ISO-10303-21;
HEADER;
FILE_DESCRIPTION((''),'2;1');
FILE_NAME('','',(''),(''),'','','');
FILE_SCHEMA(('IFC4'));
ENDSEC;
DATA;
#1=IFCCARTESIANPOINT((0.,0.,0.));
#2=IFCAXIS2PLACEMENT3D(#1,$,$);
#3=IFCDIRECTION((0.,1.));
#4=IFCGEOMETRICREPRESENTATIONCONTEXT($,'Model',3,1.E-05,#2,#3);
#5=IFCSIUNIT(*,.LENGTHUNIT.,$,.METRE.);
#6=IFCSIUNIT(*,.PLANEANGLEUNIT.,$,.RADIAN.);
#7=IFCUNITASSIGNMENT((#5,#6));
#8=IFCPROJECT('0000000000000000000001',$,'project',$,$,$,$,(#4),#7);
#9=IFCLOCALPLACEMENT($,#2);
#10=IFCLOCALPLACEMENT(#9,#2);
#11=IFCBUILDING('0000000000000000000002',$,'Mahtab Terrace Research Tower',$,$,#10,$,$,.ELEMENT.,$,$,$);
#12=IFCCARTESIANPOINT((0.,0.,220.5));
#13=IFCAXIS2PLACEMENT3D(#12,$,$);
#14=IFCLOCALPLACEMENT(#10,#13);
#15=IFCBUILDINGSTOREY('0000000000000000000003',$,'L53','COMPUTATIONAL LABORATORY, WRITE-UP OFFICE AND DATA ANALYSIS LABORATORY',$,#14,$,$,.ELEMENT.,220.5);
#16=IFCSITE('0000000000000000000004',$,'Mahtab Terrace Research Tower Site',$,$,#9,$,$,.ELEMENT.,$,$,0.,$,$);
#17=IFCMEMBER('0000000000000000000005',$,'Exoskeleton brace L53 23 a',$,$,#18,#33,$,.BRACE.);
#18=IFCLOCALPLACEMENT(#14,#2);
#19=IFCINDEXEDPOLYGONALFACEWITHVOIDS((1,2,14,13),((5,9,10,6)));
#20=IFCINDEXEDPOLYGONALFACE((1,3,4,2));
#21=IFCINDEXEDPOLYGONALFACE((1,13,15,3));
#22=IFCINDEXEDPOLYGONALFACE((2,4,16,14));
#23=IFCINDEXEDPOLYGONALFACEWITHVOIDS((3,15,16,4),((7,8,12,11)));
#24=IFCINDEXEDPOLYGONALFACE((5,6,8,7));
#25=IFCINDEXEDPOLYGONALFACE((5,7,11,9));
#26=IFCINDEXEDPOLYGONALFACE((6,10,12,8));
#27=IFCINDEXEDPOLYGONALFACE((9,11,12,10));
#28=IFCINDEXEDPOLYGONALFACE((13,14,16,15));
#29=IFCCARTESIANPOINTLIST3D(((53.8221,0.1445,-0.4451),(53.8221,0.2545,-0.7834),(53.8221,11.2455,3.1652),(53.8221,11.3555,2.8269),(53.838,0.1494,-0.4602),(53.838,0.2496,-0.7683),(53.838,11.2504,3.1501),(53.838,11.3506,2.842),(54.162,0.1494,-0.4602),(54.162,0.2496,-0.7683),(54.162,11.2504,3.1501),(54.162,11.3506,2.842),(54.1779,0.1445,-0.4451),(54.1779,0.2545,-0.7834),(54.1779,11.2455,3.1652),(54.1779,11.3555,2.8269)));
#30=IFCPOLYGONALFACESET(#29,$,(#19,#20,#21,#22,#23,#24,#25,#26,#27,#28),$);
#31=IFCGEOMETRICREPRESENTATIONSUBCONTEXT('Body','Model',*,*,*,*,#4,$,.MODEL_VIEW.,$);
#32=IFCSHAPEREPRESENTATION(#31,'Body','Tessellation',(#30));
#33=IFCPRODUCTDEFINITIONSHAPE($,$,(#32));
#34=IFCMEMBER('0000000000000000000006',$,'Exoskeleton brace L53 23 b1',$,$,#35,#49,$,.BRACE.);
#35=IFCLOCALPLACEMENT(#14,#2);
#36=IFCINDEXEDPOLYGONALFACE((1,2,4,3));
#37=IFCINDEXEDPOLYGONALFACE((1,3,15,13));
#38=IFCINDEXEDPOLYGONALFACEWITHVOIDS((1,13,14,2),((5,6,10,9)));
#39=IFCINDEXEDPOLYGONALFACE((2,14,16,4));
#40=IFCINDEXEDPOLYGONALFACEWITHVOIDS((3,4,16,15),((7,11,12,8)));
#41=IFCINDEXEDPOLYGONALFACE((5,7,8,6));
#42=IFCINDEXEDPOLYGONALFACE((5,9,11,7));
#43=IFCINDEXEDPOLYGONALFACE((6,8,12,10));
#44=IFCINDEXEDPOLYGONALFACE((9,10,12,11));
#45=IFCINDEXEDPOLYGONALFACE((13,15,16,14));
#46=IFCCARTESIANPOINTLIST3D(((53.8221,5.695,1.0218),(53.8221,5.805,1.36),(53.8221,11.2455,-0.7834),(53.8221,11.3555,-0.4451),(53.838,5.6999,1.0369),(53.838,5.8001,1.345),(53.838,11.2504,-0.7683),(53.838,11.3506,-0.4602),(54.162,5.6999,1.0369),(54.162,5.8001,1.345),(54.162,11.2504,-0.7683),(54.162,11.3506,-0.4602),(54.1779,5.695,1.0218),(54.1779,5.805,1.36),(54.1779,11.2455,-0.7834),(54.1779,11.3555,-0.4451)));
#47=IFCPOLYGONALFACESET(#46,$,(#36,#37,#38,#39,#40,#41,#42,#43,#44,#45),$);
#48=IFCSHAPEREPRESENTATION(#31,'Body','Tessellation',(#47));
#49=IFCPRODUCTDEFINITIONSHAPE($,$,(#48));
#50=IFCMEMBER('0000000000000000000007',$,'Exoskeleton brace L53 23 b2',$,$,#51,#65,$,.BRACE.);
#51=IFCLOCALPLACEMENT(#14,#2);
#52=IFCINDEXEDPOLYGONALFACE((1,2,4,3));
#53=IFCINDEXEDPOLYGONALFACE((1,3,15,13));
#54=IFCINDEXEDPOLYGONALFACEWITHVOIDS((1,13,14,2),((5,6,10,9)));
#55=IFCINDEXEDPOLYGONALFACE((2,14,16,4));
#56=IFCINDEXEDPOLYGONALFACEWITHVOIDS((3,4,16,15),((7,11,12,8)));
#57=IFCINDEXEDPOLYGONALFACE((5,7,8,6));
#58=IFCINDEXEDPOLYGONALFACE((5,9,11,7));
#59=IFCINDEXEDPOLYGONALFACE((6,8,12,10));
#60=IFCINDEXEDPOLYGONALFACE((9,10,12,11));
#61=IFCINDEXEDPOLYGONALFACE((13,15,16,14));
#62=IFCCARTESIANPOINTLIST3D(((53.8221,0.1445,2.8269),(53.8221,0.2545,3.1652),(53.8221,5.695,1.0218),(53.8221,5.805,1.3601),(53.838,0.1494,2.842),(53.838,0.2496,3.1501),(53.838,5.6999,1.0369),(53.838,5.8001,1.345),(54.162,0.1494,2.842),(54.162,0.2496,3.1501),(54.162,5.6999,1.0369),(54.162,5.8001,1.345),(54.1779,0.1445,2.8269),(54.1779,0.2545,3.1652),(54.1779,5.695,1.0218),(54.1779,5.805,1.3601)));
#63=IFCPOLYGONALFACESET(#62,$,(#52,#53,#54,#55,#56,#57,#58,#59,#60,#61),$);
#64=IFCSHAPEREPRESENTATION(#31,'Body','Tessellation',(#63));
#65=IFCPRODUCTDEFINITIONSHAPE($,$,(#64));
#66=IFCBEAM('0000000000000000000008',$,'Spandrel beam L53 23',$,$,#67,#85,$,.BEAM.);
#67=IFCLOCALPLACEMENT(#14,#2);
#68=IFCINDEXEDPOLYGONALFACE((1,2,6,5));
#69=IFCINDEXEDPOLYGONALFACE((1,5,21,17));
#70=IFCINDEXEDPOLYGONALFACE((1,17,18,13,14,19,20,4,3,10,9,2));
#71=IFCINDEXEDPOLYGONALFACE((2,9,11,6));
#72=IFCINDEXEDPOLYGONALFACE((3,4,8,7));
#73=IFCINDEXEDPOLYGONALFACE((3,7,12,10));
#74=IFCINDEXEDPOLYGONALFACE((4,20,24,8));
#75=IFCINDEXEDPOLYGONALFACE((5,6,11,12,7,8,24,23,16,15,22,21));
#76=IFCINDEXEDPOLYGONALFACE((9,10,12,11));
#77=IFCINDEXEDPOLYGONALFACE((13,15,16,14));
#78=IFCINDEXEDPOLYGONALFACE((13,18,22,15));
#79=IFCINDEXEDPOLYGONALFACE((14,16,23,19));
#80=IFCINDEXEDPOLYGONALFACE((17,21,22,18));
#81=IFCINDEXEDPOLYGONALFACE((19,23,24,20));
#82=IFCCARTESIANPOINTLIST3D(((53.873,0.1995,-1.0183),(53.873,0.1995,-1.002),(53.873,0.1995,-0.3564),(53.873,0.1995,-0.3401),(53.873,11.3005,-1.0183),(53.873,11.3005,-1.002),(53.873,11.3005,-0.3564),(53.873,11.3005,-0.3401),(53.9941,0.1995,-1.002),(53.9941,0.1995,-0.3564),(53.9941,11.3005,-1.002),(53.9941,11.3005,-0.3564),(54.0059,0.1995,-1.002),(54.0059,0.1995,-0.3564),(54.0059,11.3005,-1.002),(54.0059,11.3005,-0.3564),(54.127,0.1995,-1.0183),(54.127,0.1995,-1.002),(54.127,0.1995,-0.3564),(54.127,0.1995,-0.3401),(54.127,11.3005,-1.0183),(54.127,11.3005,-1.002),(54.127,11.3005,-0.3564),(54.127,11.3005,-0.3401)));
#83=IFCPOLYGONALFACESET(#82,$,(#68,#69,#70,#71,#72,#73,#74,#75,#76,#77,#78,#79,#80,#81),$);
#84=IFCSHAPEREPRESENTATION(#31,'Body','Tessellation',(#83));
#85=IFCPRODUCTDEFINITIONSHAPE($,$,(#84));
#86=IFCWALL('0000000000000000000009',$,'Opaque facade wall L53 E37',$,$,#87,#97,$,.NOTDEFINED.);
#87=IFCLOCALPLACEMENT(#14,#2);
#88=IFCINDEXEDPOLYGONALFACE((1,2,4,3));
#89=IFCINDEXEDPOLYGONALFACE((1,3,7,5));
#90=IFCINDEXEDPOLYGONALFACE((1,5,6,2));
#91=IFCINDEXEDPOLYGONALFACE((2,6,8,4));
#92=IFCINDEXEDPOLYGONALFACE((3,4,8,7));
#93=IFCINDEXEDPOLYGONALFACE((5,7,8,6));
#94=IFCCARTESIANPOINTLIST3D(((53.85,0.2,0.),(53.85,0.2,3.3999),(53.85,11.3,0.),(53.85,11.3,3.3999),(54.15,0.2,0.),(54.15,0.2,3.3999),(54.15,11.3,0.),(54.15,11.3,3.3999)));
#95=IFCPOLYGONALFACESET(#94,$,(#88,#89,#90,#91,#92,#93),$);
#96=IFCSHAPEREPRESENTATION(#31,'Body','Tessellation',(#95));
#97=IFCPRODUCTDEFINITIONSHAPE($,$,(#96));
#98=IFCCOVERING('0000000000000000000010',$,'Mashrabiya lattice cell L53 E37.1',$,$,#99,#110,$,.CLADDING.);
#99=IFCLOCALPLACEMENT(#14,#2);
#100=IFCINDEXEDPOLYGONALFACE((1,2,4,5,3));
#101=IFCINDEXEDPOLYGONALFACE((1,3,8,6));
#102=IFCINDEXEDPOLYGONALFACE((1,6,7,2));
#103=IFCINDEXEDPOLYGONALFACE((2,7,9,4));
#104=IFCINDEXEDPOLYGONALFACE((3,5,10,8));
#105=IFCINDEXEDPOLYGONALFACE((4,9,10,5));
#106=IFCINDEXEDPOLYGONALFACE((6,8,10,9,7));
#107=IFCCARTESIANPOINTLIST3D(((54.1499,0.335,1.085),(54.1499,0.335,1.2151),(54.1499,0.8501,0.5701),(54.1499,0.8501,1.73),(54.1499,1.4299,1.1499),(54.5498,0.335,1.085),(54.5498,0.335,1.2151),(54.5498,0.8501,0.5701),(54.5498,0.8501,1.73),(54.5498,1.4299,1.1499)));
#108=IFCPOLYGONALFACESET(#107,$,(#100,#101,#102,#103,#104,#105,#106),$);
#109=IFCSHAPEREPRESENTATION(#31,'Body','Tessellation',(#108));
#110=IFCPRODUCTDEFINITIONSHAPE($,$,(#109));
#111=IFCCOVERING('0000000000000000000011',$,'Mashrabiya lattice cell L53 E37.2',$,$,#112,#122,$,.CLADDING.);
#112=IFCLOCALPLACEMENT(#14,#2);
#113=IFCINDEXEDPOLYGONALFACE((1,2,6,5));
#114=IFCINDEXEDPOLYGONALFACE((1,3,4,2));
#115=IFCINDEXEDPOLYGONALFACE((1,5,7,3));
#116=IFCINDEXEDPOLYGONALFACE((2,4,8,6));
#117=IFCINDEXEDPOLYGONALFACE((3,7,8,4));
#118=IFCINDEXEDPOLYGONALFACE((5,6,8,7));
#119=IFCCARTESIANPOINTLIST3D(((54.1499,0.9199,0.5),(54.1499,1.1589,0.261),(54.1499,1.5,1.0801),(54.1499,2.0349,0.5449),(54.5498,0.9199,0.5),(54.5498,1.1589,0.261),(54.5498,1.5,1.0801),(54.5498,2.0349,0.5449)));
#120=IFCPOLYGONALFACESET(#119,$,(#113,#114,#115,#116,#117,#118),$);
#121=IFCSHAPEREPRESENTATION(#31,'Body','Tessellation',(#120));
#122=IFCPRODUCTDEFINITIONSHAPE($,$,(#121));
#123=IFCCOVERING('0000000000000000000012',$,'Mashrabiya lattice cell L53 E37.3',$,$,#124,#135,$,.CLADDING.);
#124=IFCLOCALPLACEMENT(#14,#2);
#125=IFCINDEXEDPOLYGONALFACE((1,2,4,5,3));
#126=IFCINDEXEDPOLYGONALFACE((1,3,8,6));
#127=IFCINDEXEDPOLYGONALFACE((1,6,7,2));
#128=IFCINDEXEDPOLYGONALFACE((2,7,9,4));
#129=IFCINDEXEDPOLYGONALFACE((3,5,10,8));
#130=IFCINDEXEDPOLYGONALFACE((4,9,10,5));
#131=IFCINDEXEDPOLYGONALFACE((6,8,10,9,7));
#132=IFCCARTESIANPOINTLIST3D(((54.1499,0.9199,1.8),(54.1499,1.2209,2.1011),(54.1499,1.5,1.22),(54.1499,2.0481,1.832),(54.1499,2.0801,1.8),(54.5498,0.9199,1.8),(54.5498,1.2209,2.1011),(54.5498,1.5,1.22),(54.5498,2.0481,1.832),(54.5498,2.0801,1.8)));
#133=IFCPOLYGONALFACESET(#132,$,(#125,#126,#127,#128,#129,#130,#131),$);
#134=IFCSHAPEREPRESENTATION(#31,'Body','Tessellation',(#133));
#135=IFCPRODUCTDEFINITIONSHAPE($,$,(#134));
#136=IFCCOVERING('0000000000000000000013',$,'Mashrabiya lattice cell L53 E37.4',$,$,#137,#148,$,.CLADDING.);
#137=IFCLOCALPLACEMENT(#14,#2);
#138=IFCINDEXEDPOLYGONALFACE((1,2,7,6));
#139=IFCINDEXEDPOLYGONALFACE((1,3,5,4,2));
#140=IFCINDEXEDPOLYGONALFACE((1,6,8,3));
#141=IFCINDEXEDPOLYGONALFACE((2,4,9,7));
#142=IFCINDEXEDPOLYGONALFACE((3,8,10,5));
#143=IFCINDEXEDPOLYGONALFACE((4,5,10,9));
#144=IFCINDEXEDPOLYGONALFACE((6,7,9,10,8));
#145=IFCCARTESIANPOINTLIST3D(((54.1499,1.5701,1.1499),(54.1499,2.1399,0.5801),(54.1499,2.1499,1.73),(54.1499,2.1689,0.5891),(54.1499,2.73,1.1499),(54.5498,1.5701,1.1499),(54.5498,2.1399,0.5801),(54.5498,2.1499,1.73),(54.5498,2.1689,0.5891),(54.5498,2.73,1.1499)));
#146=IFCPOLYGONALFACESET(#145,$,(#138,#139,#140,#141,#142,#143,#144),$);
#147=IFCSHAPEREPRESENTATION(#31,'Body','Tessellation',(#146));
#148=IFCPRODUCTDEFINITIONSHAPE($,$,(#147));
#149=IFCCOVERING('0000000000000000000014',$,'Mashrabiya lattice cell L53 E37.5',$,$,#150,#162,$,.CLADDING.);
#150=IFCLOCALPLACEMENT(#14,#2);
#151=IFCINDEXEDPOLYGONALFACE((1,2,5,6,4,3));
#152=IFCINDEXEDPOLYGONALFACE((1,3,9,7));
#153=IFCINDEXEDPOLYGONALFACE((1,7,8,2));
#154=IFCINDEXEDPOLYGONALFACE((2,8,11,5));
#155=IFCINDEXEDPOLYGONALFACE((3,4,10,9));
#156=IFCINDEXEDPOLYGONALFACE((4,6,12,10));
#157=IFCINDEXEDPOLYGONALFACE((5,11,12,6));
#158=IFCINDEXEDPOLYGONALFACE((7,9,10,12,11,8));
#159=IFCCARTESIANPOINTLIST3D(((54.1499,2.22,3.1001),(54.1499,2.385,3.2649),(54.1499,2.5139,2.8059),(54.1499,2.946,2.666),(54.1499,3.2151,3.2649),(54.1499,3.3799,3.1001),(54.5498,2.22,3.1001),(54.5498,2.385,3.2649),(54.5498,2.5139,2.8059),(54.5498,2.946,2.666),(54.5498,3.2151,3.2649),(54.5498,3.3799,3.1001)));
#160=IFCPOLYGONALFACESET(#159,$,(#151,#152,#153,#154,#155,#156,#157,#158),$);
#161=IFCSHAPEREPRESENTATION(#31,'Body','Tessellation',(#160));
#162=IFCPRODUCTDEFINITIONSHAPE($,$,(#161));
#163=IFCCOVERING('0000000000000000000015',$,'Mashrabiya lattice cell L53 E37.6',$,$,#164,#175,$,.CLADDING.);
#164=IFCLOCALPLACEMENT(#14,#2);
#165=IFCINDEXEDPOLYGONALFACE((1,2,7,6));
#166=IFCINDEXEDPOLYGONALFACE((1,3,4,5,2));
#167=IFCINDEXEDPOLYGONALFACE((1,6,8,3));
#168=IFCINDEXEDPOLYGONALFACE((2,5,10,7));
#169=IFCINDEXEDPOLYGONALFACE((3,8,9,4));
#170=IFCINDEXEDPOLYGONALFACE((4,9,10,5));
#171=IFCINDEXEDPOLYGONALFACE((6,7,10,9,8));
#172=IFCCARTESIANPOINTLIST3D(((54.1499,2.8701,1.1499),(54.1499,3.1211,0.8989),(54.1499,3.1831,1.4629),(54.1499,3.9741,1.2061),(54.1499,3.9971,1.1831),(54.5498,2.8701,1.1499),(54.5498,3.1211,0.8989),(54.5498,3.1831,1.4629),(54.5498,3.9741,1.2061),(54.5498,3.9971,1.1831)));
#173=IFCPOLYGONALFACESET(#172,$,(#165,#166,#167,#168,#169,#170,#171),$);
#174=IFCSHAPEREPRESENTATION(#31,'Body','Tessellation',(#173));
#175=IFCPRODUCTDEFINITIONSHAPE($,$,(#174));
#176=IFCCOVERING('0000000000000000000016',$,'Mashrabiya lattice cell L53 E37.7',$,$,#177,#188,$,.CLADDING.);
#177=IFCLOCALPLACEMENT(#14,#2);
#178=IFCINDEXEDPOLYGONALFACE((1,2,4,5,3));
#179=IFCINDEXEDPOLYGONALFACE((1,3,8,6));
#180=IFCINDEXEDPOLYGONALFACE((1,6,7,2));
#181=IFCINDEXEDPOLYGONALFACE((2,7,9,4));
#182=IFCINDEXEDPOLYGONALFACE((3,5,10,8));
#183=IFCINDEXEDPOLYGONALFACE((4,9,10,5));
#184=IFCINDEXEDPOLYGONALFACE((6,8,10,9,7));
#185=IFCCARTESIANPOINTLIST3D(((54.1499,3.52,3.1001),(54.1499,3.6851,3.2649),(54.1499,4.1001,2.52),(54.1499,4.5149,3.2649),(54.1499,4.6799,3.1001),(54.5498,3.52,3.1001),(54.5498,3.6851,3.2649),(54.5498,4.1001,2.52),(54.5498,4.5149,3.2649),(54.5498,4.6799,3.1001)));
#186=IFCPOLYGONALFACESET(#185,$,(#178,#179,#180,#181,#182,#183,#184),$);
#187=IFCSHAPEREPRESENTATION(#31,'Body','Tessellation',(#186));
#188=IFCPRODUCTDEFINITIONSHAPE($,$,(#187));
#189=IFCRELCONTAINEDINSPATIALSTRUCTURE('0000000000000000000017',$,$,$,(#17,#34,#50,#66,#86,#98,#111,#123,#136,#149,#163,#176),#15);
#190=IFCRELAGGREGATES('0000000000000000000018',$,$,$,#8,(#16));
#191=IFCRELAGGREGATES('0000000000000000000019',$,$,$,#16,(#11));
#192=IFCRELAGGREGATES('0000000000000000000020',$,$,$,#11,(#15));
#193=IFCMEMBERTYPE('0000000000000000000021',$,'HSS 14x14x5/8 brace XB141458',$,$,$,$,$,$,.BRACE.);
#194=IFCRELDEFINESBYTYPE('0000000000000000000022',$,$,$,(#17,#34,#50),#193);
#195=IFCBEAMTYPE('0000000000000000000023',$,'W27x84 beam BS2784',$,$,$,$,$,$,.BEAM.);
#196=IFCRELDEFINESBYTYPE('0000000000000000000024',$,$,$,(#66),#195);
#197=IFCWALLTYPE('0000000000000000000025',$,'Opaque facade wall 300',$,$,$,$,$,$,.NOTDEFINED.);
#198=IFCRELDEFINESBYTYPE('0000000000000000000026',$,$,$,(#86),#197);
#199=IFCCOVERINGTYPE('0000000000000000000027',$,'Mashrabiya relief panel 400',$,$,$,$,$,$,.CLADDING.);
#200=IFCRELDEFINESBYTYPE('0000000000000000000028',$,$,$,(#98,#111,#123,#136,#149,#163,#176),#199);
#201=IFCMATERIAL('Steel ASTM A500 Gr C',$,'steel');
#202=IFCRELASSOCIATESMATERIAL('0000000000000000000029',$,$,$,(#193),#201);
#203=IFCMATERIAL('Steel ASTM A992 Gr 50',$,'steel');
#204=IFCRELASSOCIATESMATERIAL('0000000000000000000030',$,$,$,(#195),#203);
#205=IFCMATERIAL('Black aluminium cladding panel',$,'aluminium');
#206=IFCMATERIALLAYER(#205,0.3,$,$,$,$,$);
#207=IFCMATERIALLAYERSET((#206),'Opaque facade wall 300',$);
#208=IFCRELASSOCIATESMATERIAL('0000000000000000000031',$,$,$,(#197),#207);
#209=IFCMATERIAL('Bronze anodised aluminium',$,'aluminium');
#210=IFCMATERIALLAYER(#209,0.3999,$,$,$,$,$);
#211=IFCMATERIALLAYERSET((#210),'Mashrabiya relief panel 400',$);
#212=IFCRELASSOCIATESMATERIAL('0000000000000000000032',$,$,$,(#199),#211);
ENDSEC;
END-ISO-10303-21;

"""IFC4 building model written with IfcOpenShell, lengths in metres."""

from ifc_helpers import new_model, si_unit, direction, frame, frame_2d, origin, origin_2d, place, context, subcontext, project, spatial, polyline, rectangle, hollow_rectangle, i_section, outline, extrude, material, layer, layer_set, material_profile, profile_set, type_object, element, save


model = new_model("IFC4")

# Units and contexts
model_context = context("Model", 3, precision=1e-05, world=origin(), true_north=direction((0.0, 1.0)))
body_context = subcontext(model_context, "Body", "Model", "MODEL_VIEW")
ifc_project = project(units=[si_unit("LENGTHUNIT", "METRE"), si_unit("PLANEANGLEUNIT", "RADIAN")], contexts=[model_context])

# Site, building, storey
site_placement = place(None, origin())
site = spatial("IfcSite", under=ifc_project, at=site_placement, Name="Mahtab Terrace Research Tower Site", CompositionType="ELEMENT", RefElevation=0.0)
building_placement = place(site_placement, origin())
building = spatial("IfcBuilding", under=site, at=building_placement, Name="Mahtab Terrace Research Tower", CompositionType="ELEMENT")
storey_placement = place(building_placement, frame((0.0, 0.0, 220.5)))
storey = spatial("IfcBuildingStorey", under=building, at=storey_placement, Name="L53", Description="COMPUTATIONAL LABORATORY, WRITE-UP OFFICE AND DATA ANALYSIS LABORATORY", CompositionType="ELEMENT", Elevation=220.5)

# Members
ifc_material_1 = material(Name="Steel ASTM A500 Gr C", Category="steel")
ifc_material_profile_1 = material_profile(ifc_material_1, hollow_rectangle(XDim=0.3557, YDim=0.3557, WallThickness=0.0159, at=origin_2d()), Name="HSS14X14X5/8")
ifc_profile_set_1 = profile_set([ifc_material_profile_1], Name="Steel ASTM A500 Gr C")
member_type = type_object("IfcMemberType", Name="HSS 14x14x5/8 brace XB141458", PredefinedType="BRACE", material=ifc_profile_set_1)
member_placement = place(storey_placement, frame((54.0, 0.1995, -0.6143), z_axis=(0.0, 0.950971, 0.30928), x_axis=(-1.0, 0.0, 0.0)))
element("IfcMember", 1, at=member_placement, inside=storey, type_object=member_type, Name="Exoskeleton brace L53 23 a", PredefinedType="BRACE", context=body_context, shape_type="SweptSolid", body=[
    extrude(hollow_rectangle(XDim=0.3557, YDim=0.3557, WallThickness=0.0159, at=origin_2d()), origin(), (0.0, 0.0, 1.0), 11.6733),
])
for number, where, z_axis, x_axis, name in (
    (2, (54.0, 11.3005, -0.6143), (0.0, -0.950971, 0.30928), (1.0, 0.0, 0.0), "Exoskeleton brace L53 23 b1"),
    (3, (54.0, 5.75, 1.1909), (0.0, -0.950971, 0.30928), (1.0, 0.0, 0.0), "Exoskeleton brace L53 23 b2"),
):
    element("IfcMember", number, at=place(storey_placement, frame(where, z_axis=z_axis, x_axis=x_axis)), inside=storey, type_object=member_type, Name=name, PredefinedType="BRACE", context=body_context, shape_type="SweptSolid", body=[
        extrude(hollow_rectangle(XDim=0.3557, YDim=0.3557, WallThickness=0.0159, at=origin_2d()), origin(), (0.0, 0.0, 1.0), 5.8367),
    ])

# Beam
ifc_material_2 = material(Name="Steel ASTM A992 Gr 50", Category="steel")
ifc_material_profile_2 = material_profile(ifc_material_2, i_section(OverallWidth=0.2539, OverallDepth=0.6782, WebThickness=0.0117, FlangeThickness=0.0164, at=origin_2d()), Name="W27X84")
ifc_profile_set_2 = profile_set([ifc_material_profile_2], Name="Steel ASTM A992 Gr 50")
beam_type = type_object("IfcBeamType", Name="W27x84 beam BS2784", PredefinedType="BEAM", material=ifc_profile_set_2)
beam_placement = place(storey_placement, frame((54.0, 0.1995, -0.6792), z_axis=(0.0, 1.0, 0.0), x_axis=(-1.0, 0.0, 0.0)))
element("IfcBeam", 4, at=beam_placement, inside=storey, type_object=beam_type, Name="Spandrel beam L53 23", PredefinedType="BEAM", context=body_context, shape_type="SweptSolid", body=[
    extrude(i_section(OverallWidth=0.2539, OverallDepth=0.6782, WebThickness=0.0117, FlangeThickness=0.0164, at=origin_2d()), origin(), (0.0, 0.0, 1.0), 11.1011),
])

# Wall
ifc_material_3 = material(Name="Black aluminium cladding panel", Category="aluminium")
ifc_layer_1 = layer(ifc_material_3, 0.3)
ifc_layer_set_1 = layer_set([ifc_layer_1], Name="Opaque facade wall 300")
wall_type = type_object("IfcWallType", Name="Opaque facade wall 300", PredefinedType="NOTDEFINED", material=ifc_layer_set_1)
wall_placement = place(storey_placement, frame((54.0, 0.2, 0.0), z_axis=(0.0, 0.0, 1.0), x_axis=(0.0, 1.0, 0.0)))
element("IfcWall", 5, at=wall_placement, inside=storey, type_object=wall_type, Name="Opaque facade wall L53 E37", PredefinedType="NOTDEFINED", context=body_context, shape_type="SweptSolid", body=[
    extrude(rectangle(XDim=11.1001, YDim=0.3, at=frame_2d((5.55, 0.0))), origin(), (0.0, 0.0, 1.0), 3.3999),
])

# Coverings
ifc_material_4 = material(Name="Bronze anodised aluminium", Category="aluminium")
ifc_layer_2 = layer(ifc_material_4, 0.3999)
ifc_layer_set_2 = layer_set([ifc_layer_2], Name="Mashrabiya relief panel 400")
covering_type = type_object("IfcCoveringType", Name="Mashrabiya relief panel 400", PredefinedType="CLADDING", material=ifc_layer_set_2)
covering_1_placement = place(storey_placement, frame((54.1499, 0.8501, 1.73), z_axis=(-1.0, 0.0, 0.0), x_axis=(0.0, 0.706958, -0.707256)))
element("IfcCovering", 6, at=covering_1_placement, inside=storey, type_object=covering_type, Name="Mashrabiya lattice cell L53 E37.1", PredefinedType="CLADDING", context=body_context, shape_type="SweptSolid", body=[
    extrude(outline(polyline([(0.0, 0.0), (0.8202, 0.0), (0.8204, 0.82), (0.092, 0.8203), (0.0, 0.7283), (0.0, 0.0)])), origin(), (0.0, 0.0, -1.0), 0.3999),
])
covering_2_placement = place(storey_placement, frame((54.1499, 0.9199, 0.5), z_axis=(-1.0, 0.0, 0.0), x_axis=(0.0, 0.707107, 0.707107)))
element("IfcCovering", 7, at=covering_2_placement, inside=storey, type_object=covering_type, Name="Mashrabiya lattice cell L53 E37.2", PredefinedType="CLADDING", context=body_context, shape_type="SweptSolid", body=[
    extrude(outline(polyline([(0.0, 0.0), (0.8204, 0.0), (0.8202, 0.7567), (0.0, 0.338), (0.0, 0.0)])), origin(), (0.0, 0.0, -1.0), 0.3999),
])
covering_3_placement = place(storey_placement, frame((54.1499, 2.0801, 1.8), z_axis=(-1.0, 0.0, 0.0), x_axis=(0.0, -0.707107, -0.707107)))
element("IfcCovering", 8, at=covering_3_placement, inside=storey, type_object=covering_type, Name="Mashrabiya lattice cell L53 E37.3", PredefinedType="CLADDING", context=body_context, shape_type="SweptSolid", body=[
    extrude(outline(polyline([(0.0, 0.0), (0.8204, 0.0), (0.8204, 0.8204), (0.3946, 0.8204), (0.0, 0.0452), (0.0, 0.0)])), origin(), (0.0, 0.0, -1.0), 0.3999),
])
covering_4_placement = place(storey_placement, frame((54.1499, 1.5701, 1.1499), z_axis=(-1.0, 0.0, 0.0), x_axis=(0.0, 0.706958, 0.707256)))
element("IfcCovering", 9, at=covering_4_placement, inside=storey, type_object=covering_type, Name="Mashrabiya lattice cell L53 E37.4", PredefinedType="CLADDING", context=body_context, shape_type="SweptSolid", body=[
    extrude(outline(polyline([(0.0, 0.0), (0.8202, 0.0), (0.82, 0.8204), (0.0268, 0.82), (-0.0002, 0.8059), (0.0, 0.0)])), origin(), (0.0, 0.0, -1.0), 0.3999),
])
covering_5_placement = place(storey_placement, frame((54.1499, 2.22, 3.1001), z_axis=(-1.0, 0.0, 0.0), x_axis=(0.0, 0.70763, 0.706583)))
element("IfcCovering", 10, at=covering_5_placement, inside=storey, type_object=covering_type, Name="Mashrabiya lattice cell L53 E37.5", PredefinedType="CLADDING", context=body_context, shape_type="SweptSolid", body=[
    extrude(outline(polyline([(0.0, 0.0), (0.2332, 0.0), (0.8206, 0.5865), (0.8208, 0.8196), (0.2071, 0.8202), (0.0001, 0.4159), (0.0, 0.0)])), origin(), (0.0, 0.0, -1.0), 0.3999),
])
covering_6_placement = place(storey_placement, frame((54.1499, 2.8701, 1.1499), z_axis=(-1.0, 0.0, 0.0), x_axis=(0.0, 0.707107, 0.707107)))
element("IfcCovering", 11, at=covering_6_placement, inside=storey, type_object=covering_type, Name="Mashrabiya lattice cell L53 E37.6", PredefinedType="CLADDING", context=body_context, shape_type="SweptSolid", body=[
    extrude(outline(polyline([(0.0, 0.0), (0.4426, 0.0), (0.8204, 0.7409), (0.8204, 0.7734), (0.0, 0.3549), (0.0, 0.0)])), origin(), (0.0, 0.0, -1.0), 0.3999),
])
covering_7_placement = place(storey_placement, frame((54.1499, 4.6799, 3.1001), z_axis=(-1.0, 0.0, 0.0), x_axis=(0.0, -0.706958, -0.707256)))
element("IfcCovering", 12, at=covering_7_placement, inside=storey, type_object=covering_type, Name="Mashrabiya lattice cell L53 E37.7", PredefinedType="CLADDING", context=body_context, shape_type="SweptSolid", body=[
    extrude(outline(polyline([(0.0, 0.0), (0.8202, 0.0), (0.82, 0.8204), (0.5868, 0.8201), (0.0001, 0.2332), (0.0, 0.0)])), origin(), (0.0, 0.0, -1.0), 0.3999),
])

save(model, "model.ifc")
